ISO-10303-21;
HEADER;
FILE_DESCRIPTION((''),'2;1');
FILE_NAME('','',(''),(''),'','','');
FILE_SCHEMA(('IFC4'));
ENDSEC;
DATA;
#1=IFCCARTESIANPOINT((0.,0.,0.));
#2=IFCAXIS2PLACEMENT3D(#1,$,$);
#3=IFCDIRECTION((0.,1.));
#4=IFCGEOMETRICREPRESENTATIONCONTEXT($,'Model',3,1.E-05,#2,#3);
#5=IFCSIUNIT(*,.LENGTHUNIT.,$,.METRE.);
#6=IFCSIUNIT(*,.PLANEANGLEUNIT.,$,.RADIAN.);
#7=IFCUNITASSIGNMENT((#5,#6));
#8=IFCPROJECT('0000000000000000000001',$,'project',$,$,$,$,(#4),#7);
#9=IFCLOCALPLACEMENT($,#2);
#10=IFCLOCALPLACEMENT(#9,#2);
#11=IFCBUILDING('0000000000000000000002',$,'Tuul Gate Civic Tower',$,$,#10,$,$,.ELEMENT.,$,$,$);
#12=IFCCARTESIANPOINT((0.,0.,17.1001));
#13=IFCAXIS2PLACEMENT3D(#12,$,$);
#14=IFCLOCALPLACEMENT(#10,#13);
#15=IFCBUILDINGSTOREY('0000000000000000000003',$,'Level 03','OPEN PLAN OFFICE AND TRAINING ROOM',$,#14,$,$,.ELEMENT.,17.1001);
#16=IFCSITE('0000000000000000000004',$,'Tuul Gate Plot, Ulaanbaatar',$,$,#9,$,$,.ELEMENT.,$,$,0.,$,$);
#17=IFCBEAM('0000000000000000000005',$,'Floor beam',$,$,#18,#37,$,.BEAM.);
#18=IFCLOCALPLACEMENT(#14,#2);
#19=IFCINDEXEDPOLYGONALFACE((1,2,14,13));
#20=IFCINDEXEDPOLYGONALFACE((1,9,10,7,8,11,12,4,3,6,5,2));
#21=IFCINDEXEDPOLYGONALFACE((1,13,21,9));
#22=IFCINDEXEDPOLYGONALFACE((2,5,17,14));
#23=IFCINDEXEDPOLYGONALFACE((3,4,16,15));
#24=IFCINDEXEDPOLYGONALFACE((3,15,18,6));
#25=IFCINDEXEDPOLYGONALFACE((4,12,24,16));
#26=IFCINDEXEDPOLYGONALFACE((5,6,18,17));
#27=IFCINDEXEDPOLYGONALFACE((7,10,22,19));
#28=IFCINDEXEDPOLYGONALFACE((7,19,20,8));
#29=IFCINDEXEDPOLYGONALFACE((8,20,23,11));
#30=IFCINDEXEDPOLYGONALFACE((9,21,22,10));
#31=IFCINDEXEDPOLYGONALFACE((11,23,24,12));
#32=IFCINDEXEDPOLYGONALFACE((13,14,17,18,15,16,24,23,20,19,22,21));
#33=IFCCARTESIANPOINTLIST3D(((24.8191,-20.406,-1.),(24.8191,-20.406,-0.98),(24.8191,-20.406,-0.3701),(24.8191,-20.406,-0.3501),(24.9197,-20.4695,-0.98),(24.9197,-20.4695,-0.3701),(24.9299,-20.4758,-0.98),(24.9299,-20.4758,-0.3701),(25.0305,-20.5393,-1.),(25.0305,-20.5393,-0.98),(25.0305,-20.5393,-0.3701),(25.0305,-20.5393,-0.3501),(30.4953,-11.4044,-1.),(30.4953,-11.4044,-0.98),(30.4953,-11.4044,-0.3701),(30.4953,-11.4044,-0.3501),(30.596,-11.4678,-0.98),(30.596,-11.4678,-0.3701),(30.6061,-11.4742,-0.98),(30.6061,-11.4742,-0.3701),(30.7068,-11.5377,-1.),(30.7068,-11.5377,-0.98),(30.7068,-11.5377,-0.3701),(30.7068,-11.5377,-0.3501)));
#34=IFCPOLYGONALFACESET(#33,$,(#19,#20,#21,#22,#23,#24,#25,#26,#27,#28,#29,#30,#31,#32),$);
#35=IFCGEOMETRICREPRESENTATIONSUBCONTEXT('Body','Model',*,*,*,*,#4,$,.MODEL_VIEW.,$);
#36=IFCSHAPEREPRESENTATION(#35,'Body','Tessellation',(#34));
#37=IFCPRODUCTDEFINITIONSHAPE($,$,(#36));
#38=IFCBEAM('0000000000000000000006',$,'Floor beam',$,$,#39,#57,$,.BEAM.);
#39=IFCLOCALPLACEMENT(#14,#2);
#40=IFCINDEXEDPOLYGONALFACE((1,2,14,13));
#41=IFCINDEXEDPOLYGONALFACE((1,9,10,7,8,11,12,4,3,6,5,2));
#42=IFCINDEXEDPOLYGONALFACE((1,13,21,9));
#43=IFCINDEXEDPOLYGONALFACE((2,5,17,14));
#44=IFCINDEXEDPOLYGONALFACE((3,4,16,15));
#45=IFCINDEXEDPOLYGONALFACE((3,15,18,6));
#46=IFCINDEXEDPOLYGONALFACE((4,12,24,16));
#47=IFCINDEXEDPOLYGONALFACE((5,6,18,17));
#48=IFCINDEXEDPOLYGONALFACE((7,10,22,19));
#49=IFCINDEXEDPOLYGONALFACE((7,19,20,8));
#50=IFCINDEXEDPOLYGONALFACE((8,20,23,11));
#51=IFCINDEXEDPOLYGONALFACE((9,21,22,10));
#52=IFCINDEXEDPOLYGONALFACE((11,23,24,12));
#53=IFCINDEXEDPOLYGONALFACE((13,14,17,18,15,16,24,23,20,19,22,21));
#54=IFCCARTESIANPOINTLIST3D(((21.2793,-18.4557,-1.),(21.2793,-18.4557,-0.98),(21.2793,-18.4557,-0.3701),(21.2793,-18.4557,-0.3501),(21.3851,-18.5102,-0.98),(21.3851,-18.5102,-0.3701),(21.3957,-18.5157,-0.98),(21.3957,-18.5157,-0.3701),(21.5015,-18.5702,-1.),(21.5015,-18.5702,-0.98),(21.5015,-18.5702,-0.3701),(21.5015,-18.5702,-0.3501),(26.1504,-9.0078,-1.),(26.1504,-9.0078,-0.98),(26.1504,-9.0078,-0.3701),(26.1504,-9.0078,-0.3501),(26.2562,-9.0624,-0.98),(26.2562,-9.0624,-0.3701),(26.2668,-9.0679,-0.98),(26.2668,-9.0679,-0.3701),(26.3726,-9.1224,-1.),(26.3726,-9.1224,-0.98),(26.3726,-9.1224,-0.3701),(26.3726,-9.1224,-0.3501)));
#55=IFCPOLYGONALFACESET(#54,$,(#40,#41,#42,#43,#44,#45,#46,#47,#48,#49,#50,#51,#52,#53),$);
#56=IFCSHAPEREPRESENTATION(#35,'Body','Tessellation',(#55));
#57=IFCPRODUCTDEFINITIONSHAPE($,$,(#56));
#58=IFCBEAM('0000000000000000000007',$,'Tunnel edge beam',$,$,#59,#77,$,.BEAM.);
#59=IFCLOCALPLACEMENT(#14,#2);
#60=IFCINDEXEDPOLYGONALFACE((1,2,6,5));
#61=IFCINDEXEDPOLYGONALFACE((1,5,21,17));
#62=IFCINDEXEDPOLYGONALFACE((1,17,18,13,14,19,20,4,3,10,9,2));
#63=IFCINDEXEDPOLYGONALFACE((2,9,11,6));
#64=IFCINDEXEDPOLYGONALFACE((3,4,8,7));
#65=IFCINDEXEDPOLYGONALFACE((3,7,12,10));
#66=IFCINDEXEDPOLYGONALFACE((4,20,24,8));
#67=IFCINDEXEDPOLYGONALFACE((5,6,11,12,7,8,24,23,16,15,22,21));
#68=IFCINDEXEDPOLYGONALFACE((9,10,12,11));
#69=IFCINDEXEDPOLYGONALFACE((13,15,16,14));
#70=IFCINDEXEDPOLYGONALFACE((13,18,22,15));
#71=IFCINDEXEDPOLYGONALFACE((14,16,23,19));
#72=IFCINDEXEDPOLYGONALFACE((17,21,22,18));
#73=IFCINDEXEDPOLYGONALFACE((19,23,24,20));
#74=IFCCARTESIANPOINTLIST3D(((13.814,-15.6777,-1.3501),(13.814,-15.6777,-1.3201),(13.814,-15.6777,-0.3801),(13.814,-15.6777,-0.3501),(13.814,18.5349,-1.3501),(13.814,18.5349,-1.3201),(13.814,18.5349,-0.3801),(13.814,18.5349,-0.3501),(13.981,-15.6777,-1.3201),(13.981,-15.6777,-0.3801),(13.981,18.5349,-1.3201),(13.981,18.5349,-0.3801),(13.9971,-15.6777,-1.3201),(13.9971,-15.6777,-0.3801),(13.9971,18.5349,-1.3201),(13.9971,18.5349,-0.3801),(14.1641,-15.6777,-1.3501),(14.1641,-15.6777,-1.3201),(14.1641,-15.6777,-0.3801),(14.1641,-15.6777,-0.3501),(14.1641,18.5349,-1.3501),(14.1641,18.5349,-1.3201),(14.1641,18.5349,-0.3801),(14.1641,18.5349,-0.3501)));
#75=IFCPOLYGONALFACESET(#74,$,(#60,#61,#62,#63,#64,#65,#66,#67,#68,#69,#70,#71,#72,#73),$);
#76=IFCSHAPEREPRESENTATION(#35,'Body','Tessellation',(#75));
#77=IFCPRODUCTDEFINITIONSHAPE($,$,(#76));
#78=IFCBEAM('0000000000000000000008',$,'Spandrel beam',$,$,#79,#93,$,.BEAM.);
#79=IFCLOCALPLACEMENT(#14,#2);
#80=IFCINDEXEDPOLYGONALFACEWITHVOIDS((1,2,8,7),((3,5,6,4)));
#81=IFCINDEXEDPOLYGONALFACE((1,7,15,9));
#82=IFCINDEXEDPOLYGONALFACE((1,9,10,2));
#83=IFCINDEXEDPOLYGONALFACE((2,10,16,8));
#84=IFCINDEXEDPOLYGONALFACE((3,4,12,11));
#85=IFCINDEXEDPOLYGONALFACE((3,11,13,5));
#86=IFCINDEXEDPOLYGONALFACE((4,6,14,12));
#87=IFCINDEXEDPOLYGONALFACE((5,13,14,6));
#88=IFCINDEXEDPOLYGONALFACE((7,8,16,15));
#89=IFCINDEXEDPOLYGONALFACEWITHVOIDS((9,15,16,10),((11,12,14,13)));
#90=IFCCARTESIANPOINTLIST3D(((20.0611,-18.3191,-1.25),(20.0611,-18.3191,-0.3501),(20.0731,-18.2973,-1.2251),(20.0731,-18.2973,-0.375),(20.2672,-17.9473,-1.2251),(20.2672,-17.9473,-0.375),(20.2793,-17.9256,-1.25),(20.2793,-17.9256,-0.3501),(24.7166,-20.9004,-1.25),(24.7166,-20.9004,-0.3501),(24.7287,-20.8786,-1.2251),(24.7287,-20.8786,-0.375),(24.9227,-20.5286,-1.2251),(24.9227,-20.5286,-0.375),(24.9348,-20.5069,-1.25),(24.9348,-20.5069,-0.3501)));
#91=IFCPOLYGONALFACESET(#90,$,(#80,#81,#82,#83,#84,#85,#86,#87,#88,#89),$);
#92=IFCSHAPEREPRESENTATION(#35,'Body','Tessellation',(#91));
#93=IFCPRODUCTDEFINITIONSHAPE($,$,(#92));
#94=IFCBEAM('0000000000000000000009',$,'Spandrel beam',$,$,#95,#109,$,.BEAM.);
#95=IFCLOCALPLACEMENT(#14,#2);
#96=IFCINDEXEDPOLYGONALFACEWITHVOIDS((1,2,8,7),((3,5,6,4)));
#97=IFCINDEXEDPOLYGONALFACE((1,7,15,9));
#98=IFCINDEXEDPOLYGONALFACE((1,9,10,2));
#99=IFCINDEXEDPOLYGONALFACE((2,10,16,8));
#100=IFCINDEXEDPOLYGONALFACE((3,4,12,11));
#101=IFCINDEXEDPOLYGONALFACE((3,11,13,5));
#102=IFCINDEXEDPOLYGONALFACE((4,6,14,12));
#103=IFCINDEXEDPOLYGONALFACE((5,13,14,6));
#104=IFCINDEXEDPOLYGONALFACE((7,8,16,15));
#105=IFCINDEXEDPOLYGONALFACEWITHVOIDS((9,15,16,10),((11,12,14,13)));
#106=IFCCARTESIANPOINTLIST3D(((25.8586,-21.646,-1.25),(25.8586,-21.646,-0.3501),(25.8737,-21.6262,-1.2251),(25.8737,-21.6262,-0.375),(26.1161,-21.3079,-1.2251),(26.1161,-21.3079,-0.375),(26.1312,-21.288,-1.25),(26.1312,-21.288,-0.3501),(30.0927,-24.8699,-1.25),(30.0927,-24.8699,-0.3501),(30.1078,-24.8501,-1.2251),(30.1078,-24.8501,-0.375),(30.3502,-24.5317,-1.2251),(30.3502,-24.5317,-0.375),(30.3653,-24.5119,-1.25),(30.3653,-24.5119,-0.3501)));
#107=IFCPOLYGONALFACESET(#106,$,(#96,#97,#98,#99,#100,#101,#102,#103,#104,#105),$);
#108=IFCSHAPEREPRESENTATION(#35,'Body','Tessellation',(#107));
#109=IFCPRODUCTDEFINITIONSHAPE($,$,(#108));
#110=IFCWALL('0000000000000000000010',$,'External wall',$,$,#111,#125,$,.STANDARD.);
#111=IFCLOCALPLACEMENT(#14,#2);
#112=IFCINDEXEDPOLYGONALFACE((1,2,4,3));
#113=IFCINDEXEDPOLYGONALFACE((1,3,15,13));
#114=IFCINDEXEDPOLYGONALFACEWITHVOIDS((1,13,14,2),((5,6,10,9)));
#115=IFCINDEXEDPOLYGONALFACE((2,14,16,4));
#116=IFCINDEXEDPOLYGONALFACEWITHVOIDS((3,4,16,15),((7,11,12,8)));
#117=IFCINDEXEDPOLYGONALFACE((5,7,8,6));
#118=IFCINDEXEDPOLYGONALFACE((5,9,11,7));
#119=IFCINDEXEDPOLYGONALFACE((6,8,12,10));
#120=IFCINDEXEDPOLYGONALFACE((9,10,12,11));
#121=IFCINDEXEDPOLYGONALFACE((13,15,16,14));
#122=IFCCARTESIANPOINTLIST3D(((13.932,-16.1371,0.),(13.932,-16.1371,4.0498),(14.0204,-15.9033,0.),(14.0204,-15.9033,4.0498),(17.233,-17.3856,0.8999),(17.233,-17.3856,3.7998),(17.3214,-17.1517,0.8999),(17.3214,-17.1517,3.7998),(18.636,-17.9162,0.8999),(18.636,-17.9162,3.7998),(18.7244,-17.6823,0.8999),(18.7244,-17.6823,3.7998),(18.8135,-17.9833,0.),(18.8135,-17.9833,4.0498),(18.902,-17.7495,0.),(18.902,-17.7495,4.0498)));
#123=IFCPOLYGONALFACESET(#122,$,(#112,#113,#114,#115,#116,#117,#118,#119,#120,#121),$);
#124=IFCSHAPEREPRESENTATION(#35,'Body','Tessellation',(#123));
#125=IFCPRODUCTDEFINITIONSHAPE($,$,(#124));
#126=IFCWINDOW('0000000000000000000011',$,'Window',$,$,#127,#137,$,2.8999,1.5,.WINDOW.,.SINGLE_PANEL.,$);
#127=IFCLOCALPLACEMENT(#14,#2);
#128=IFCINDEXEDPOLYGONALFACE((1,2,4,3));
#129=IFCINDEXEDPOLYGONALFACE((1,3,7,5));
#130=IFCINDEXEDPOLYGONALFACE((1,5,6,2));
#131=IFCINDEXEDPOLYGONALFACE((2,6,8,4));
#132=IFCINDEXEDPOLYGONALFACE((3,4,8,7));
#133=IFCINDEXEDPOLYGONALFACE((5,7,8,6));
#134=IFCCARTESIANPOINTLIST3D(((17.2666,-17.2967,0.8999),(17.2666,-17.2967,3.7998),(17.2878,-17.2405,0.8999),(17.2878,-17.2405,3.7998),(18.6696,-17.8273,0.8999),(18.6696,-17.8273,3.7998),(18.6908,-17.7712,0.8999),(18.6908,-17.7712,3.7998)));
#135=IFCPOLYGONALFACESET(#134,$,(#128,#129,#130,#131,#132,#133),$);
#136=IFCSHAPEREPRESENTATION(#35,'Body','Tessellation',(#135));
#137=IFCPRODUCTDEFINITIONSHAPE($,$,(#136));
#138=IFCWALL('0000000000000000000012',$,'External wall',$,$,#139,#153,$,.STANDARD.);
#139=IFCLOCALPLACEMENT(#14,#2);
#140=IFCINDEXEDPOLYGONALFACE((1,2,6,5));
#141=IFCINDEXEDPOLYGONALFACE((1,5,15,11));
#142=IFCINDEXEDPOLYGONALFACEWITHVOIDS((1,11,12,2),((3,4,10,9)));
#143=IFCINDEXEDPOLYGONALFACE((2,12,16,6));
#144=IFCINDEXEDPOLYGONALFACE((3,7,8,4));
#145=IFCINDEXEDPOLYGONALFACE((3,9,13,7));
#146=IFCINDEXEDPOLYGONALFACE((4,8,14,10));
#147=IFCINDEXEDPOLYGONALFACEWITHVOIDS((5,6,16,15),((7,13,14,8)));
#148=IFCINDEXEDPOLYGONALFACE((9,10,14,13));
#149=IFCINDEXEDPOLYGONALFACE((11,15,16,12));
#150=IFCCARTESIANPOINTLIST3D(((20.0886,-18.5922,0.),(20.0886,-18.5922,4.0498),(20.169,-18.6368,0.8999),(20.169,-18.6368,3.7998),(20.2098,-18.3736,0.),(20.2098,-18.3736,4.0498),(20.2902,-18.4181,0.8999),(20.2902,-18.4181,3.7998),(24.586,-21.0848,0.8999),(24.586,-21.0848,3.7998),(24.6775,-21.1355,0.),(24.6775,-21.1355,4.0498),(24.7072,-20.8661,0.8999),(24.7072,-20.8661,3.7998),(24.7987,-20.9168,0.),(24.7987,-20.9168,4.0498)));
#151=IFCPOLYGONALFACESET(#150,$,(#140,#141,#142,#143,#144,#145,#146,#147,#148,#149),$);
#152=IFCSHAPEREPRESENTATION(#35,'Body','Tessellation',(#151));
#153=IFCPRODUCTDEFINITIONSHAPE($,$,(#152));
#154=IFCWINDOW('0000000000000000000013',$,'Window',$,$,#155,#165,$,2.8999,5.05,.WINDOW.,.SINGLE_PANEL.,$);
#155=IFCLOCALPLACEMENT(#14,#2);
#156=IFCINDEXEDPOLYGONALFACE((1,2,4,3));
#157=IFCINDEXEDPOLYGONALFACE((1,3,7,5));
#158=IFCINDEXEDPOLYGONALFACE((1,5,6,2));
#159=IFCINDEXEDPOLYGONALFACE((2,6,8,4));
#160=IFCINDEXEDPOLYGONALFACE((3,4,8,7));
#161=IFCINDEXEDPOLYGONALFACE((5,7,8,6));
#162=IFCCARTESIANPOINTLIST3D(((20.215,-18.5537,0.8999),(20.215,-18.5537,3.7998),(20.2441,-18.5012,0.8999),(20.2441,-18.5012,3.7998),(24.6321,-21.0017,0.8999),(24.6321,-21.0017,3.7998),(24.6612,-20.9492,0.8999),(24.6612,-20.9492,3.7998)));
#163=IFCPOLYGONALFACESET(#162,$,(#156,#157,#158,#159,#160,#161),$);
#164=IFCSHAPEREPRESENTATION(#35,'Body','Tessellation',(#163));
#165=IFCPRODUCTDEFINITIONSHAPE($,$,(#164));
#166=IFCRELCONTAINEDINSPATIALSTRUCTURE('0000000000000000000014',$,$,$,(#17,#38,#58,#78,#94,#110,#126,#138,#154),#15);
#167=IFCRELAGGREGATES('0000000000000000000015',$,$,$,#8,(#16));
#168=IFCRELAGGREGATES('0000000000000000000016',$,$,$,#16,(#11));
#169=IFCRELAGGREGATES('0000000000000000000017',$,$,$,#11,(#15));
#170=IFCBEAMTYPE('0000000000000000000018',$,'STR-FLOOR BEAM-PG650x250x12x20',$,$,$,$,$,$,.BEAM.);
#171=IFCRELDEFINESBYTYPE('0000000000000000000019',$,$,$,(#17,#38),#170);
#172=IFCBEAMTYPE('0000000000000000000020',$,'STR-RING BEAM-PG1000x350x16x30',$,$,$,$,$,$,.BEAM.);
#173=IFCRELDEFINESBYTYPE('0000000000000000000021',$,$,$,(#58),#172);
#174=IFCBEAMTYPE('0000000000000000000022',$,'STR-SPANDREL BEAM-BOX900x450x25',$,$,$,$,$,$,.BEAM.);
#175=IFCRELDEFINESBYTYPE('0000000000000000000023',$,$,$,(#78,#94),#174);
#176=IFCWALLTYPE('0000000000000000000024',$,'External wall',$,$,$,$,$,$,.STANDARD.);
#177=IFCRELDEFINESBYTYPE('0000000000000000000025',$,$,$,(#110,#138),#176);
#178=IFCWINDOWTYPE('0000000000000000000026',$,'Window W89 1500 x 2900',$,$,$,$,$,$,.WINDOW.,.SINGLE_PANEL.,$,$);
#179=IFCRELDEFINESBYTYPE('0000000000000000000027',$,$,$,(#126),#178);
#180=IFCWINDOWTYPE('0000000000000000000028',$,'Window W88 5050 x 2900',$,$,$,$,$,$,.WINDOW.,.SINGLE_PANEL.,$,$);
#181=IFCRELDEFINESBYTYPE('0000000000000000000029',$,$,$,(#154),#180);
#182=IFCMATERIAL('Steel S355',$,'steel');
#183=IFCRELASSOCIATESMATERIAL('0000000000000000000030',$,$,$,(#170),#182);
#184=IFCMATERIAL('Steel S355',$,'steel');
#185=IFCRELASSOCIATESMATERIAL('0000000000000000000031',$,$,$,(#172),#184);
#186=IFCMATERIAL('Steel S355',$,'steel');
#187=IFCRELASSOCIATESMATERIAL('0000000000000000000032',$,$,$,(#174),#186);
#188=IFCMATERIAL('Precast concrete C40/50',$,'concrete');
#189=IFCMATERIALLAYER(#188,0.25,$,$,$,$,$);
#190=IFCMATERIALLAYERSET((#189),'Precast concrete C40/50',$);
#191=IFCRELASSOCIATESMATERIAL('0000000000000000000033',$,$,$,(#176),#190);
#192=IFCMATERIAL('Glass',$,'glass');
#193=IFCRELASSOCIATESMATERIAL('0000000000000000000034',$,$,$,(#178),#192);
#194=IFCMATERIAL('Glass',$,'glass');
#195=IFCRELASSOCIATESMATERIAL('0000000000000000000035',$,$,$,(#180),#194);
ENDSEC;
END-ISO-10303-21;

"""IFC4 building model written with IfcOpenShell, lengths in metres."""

from ifc_helpers import new_model, si_unit, direction, frame, frame_2d, origin, origin_2d, place, context, subcontext, project, spatial, rectangle, hollow_rectangle, i_section, extrude, material, layer, layer_set, material_profile, profile_set, type_object, element, fill, save


model = new_model("IFC4")

# Units and contexts
model_context = context("Model", 3, precision=1e-05, world=origin(), true_north=direction((0.0, 1.0)))
body_context = subcontext(model_context, "Body", "Model", "MODEL_VIEW")
ifc_project = project(units=[si_unit("LENGTHUNIT", "METRE"), si_unit("PLANEANGLEUNIT", "RADIAN")], contexts=[model_context])

# Site, building, storey
site_placement = place(None, origin())
site = spatial("IfcSite", under=ifc_project, at=site_placement, Name="Tuul Gate Plot, Ulaanbaatar", CompositionType="ELEMENT", RefElevation=0.0)
building_placement = place(site_placement, origin())
building = spatial("IfcBuilding", under=site, at=building_placement, Name="Tuul Gate Civic Tower", CompositionType="ELEMENT")
storey_placement = place(building_placement, frame((0.0, 0.0, 17.1001)))
storey = spatial("IfcBuildingStorey", under=building, at=storey_placement, Name="Level 03", Description="OPEN PLAN OFFICE AND TRAINING ROOM", CompositionType="ELEMENT", Elevation=17.1001)

# Beams
ifc_material_1 = material(Name="Steel S355", Category="steel")
ifc_material_profile_1 = material_profile(ifc_material_1, i_section(OverallWidth=0.25, OverallDepth=0.6499, WebThickness=0.012, FlangeThickness=0.02, at=origin_2d()), Name="PG650x250x12x20")
ifc_profile_set_1 = profile_set([ifc_material_profile_1], Name="Steel S355")
beam_type_1 = type_object("IfcBeamType", Name="STR-FLOOR BEAM-PG650x250x12x20", PredefinedType="BEAM", material=ifc_profile_set_1)
beam_1_placement = place(storey_placement, frame((24.9248, -20.4727, -0.675), z_axis=(0.533387, 0.845871, 0.0), x_axis=(-0.845871, 0.533387, 0.0)))
element("IfcBeam", 1, at=beam_1_placement, inside=storey, type_object=beam_type_1, Name="Floor beam", PredefinedType="BEAM", context=body_context, shape_type="SweptSolid", body=[
    extrude(i_section(OverallWidth=0.25, OverallDepth=0.6499, WebThickness=0.012, FlangeThickness=0.02, at=origin_2d()), origin(), (0.0, 0.0, 1.0), 10.6418),
])
beam_2_placement = place(storey_placement, frame((21.3904, -18.5129, -0.675), z_axis=(0.458259, 0.888819, 0.0), x_axis=(-0.888819, 0.458259, 0.0)))
element("IfcBeam", 2, at=beam_2_placement, inside=storey, type_object=beam_type_1, Name="Floor beam", PredefinedType="BEAM", context=body_context, shape_type="SweptSolid", body=[
    extrude(i_section(OverallWidth=0.25, OverallDepth=0.6499, WebThickness=0.012, FlangeThickness=0.02, at=origin_2d()), origin(), (0.0, 0.0, 1.0), 10.6296),
])
ifc_material_2 = material(Name="Steel S355", Category="steel")
ifc_material_profile_2 = material_profile(ifc_material_2, i_section(OverallWidth=0.3501, OverallDepth=1.0, WebThickness=0.0161, FlangeThickness=0.03, at=origin_2d()), Name="PG1000x350x16x30")
ifc_profile_set_2 = profile_set([ifc_material_profile_2], Name="Steel S355")
beam_type_2 = type_object("IfcBeamType", Name="STR-RING BEAM-PG1000x350x16x30", PredefinedType="BEAM", material=ifc_profile_set_2)
beam_3_placement = place(storey_placement, frame((13.989, -15.6777, -0.8501), z_axis=(0.0, 1.0, 0.0), x_axis=(-1.0, 0.0, 0.0)))
element("IfcBeam", 3, at=beam_3_placement, inside=storey, type_object=beam_type_2, Name="Tunnel edge beam", PredefinedType="BEAM", context=body_context, shape_type="SweptSolid", body=[
    extrude(i_section(OverallWidth=0.3501, OverallDepth=1.0, WebThickness=0.0161, FlangeThickness=0.03, at=origin_2d()), origin(), (0.0, 0.0, 1.0), 34.2126),
])
ifc_material_3 = material(Name="Steel S355", Category="steel")
ifc_material_profile_3 = material_profile(ifc_material_3, hollow_rectangle(XDim=0.45, YDim=0.8999, WallThickness=0.0249, at=origin_2d()), Name="BOX900x450x25")
ifc_profile_set_3 = profile_set([ifc_material_profile_3], Name="Steel S355")
beam_type_3 = type_object("IfcBeamType", Name="STR-SPANDREL BEAM-BOX900x450x25", PredefinedType="BEAM", material=ifc_profile_set_3)
beam_4_placement = place(storey_placement, frame((20.1702, -18.1223, -0.8), z_axis=(0.874564, -0.484911, 0.0), x_axis=(0.484911, 0.874564, 0.0)))
element("IfcBeam", 4, at=beam_4_placement, inside=storey, type_object=beam_type_3, Name="Spandrel beam", PredefinedType="BEAM", context=body_context, shape_type="SweptSolid", body=[
    extrude(hollow_rectangle(XDim=0.45, YDim=0.8999, WallThickness=0.0249, at=origin_2d()), origin(), (0.0, 0.0, 1.0), 5.3232),
])
beam_5_placement = place(storey_placement, frame((25.9949, -21.467, -0.8), z_axis=(0.795624, -0.60579, 0.0), x_axis=(0.60579, 0.795624, 0.0)))
element("IfcBeam", 5, at=beam_5_placement, inside=storey, type_object=beam_type_3, Name="Spandrel beam", PredefinedType="BEAM", context=body_context, shape_type="SweptSolid", body=[
    extrude(hollow_rectangle(XDim=0.45, YDim=0.8999, WallThickness=0.0249, at=origin_2d()), origin(), (0.0, 0.0, 1.0), 5.3218),
])

# Walls, openings, windows
ifc_material_4 = material(Name="Precast concrete C40/50", Category="concrete")
ifc_layer_1 = layer(ifc_material_4, 0.25)
ifc_layer_set_1 = layer_set([ifc_layer_1], Name="Precast concrete C40/50")
wall_type_1 = type_object("IfcWallType", Name="External wall", PredefinedType="STANDARD", material=ifc_layer_set_1)
wall_1_placement = place(storey_placement, frame((13.9763, -16.0203, 0.0), z_axis=(0.0, 0.0, 1.0), x_axis=(0.935343, -0.353742, 0.0)))
wall_1 = element("IfcWall", 6, at=wall_1_placement, inside=storey, type_object=wall_type_1, Name="External wall", PredefinedType="STANDARD", context=body_context, shape_type="SweptSolid", body=[
    extrude(rectangle(XDim=5.219, YDim=0.25, at=frame_2d((2.6094, 0.0))), origin(), (0.0, 0.0, 1.0), 4.0498),
])
opening_1_placement = place(wall_1_placement, frame((3.5291, 0.0, 0.8999)))
opening_1 = element("IfcOpeningElement", 7, at=opening_1_placement, cuts=wall_1, PredefinedType="OPENING", context=body_context, shape_type="SweptSolid", body=[
    extrude(rectangle(XDim=1.5, YDim=2.8999, at=frame_2d((0.75, 1.45))), frame((0.0, 0.135, 0.0), z_axis=(0.0, -1.0, 0.0), x_axis=(1.0, 0.0, 0.0)), (0.0, 0.0, 1.0), 0.27),
])
ifc_material_5 = material(Name="Glass", Category="glass")
window_type_1 = type_object("IfcWindowType", Name="Window W89 1500 x 2900", PartitioningType="SINGLE_PANEL", PredefinedType="WINDOW", material=ifc_material_5)
window_1_placement = place(opening_1_placement, origin())
window_1 = element("IfcWindow", 8, at=window_1_placement, inside=storey, type_object=window_type_1, Name="Window", OverallHeight=2.8999, OverallWidth=1.5, PartitioningType="SINGLE_PANEL", PredefinedType="WINDOW", context=body_context, shape_type="SweptSolid", body=[
    extrude(rectangle(XDim=1.5, YDim=2.8999, at=frame_2d((0.75, 1.45))), frame((0.0, 0.03, 0.0), z_axis=(0.0, -1.0, 0.0), x_axis=(1.0, 0.0, 0.0)), (0.0, 0.0, 1.0), 0.0601),
])
fill(opening_1, window_1)
wall_2_placement = place(storey_placement, frame((20.1492, -18.4829, 0.0), z_axis=(0.0, 0.0, 1.0), x_axis=(0.874655, -0.484746, 0.0)))
wall_2 = element("IfcWall", 9, at=wall_2_placement, inside=storey, type_object=wall_type_1, Name="External wall", PredefinedType="STANDARD", context=body_context, shape_type="SweptSolid", body=[
    extrude(rectangle(XDim=5.2466, YDim=0.25, at=frame_2d((2.6233, 0.0))), origin(), (0.0, 0.0, 1.0), 4.0498),
])
opening_2_placement = place(wall_2_placement, frame((0.092, 0.0, 0.8999)))
opening_2 = element("IfcOpeningElement", 10, at=opening_2_placement, cuts=wall_2, PredefinedType="OPENING", context=body_context, shape_type="SweptSolid", body=[
    extrude(rectangle(XDim=5.05, YDim=2.8999, at=frame_2d((2.5249, 1.45))), frame((0.0, 0.135, 0.0), z_axis=(0.0, -1.0, 0.0), x_axis=(1.0, 0.0, 0.0)), (0.0, 0.0, 1.0), 0.27),
])
ifc_material_6 = material(Name="Glass", Category="glass")
window_type_2 = type_object("IfcWindowType", Name="Window W88 5050 x 2900", PartitioningType="SINGLE_PANEL", PredefinedType="WINDOW", material=ifc_material_6)
window_2_placement = place(opening_2_placement, origin())
window_2 = element("IfcWindow", 11, at=window_2_placement, inside=storey, type_object=window_type_2, Name="Window", OverallHeight=2.8999, OverallWidth=5.05, PartitioningType="SINGLE_PANEL", PredefinedType="WINDOW", context=body_context, shape_type="SweptSolid", body=[
    extrude(rectangle(XDim=5.05, YDim=2.8999, at=frame_2d((2.5249, 1.45))), frame((0.0, 0.03, 0.0), z_axis=(0.0, -1.0, 0.0), x_axis=(1.0, 0.0, 0.0)), (0.0, 0.0, 1.0), 0.0601),
])
fill(opening_2, window_2)

save(model, "model.ifc")
